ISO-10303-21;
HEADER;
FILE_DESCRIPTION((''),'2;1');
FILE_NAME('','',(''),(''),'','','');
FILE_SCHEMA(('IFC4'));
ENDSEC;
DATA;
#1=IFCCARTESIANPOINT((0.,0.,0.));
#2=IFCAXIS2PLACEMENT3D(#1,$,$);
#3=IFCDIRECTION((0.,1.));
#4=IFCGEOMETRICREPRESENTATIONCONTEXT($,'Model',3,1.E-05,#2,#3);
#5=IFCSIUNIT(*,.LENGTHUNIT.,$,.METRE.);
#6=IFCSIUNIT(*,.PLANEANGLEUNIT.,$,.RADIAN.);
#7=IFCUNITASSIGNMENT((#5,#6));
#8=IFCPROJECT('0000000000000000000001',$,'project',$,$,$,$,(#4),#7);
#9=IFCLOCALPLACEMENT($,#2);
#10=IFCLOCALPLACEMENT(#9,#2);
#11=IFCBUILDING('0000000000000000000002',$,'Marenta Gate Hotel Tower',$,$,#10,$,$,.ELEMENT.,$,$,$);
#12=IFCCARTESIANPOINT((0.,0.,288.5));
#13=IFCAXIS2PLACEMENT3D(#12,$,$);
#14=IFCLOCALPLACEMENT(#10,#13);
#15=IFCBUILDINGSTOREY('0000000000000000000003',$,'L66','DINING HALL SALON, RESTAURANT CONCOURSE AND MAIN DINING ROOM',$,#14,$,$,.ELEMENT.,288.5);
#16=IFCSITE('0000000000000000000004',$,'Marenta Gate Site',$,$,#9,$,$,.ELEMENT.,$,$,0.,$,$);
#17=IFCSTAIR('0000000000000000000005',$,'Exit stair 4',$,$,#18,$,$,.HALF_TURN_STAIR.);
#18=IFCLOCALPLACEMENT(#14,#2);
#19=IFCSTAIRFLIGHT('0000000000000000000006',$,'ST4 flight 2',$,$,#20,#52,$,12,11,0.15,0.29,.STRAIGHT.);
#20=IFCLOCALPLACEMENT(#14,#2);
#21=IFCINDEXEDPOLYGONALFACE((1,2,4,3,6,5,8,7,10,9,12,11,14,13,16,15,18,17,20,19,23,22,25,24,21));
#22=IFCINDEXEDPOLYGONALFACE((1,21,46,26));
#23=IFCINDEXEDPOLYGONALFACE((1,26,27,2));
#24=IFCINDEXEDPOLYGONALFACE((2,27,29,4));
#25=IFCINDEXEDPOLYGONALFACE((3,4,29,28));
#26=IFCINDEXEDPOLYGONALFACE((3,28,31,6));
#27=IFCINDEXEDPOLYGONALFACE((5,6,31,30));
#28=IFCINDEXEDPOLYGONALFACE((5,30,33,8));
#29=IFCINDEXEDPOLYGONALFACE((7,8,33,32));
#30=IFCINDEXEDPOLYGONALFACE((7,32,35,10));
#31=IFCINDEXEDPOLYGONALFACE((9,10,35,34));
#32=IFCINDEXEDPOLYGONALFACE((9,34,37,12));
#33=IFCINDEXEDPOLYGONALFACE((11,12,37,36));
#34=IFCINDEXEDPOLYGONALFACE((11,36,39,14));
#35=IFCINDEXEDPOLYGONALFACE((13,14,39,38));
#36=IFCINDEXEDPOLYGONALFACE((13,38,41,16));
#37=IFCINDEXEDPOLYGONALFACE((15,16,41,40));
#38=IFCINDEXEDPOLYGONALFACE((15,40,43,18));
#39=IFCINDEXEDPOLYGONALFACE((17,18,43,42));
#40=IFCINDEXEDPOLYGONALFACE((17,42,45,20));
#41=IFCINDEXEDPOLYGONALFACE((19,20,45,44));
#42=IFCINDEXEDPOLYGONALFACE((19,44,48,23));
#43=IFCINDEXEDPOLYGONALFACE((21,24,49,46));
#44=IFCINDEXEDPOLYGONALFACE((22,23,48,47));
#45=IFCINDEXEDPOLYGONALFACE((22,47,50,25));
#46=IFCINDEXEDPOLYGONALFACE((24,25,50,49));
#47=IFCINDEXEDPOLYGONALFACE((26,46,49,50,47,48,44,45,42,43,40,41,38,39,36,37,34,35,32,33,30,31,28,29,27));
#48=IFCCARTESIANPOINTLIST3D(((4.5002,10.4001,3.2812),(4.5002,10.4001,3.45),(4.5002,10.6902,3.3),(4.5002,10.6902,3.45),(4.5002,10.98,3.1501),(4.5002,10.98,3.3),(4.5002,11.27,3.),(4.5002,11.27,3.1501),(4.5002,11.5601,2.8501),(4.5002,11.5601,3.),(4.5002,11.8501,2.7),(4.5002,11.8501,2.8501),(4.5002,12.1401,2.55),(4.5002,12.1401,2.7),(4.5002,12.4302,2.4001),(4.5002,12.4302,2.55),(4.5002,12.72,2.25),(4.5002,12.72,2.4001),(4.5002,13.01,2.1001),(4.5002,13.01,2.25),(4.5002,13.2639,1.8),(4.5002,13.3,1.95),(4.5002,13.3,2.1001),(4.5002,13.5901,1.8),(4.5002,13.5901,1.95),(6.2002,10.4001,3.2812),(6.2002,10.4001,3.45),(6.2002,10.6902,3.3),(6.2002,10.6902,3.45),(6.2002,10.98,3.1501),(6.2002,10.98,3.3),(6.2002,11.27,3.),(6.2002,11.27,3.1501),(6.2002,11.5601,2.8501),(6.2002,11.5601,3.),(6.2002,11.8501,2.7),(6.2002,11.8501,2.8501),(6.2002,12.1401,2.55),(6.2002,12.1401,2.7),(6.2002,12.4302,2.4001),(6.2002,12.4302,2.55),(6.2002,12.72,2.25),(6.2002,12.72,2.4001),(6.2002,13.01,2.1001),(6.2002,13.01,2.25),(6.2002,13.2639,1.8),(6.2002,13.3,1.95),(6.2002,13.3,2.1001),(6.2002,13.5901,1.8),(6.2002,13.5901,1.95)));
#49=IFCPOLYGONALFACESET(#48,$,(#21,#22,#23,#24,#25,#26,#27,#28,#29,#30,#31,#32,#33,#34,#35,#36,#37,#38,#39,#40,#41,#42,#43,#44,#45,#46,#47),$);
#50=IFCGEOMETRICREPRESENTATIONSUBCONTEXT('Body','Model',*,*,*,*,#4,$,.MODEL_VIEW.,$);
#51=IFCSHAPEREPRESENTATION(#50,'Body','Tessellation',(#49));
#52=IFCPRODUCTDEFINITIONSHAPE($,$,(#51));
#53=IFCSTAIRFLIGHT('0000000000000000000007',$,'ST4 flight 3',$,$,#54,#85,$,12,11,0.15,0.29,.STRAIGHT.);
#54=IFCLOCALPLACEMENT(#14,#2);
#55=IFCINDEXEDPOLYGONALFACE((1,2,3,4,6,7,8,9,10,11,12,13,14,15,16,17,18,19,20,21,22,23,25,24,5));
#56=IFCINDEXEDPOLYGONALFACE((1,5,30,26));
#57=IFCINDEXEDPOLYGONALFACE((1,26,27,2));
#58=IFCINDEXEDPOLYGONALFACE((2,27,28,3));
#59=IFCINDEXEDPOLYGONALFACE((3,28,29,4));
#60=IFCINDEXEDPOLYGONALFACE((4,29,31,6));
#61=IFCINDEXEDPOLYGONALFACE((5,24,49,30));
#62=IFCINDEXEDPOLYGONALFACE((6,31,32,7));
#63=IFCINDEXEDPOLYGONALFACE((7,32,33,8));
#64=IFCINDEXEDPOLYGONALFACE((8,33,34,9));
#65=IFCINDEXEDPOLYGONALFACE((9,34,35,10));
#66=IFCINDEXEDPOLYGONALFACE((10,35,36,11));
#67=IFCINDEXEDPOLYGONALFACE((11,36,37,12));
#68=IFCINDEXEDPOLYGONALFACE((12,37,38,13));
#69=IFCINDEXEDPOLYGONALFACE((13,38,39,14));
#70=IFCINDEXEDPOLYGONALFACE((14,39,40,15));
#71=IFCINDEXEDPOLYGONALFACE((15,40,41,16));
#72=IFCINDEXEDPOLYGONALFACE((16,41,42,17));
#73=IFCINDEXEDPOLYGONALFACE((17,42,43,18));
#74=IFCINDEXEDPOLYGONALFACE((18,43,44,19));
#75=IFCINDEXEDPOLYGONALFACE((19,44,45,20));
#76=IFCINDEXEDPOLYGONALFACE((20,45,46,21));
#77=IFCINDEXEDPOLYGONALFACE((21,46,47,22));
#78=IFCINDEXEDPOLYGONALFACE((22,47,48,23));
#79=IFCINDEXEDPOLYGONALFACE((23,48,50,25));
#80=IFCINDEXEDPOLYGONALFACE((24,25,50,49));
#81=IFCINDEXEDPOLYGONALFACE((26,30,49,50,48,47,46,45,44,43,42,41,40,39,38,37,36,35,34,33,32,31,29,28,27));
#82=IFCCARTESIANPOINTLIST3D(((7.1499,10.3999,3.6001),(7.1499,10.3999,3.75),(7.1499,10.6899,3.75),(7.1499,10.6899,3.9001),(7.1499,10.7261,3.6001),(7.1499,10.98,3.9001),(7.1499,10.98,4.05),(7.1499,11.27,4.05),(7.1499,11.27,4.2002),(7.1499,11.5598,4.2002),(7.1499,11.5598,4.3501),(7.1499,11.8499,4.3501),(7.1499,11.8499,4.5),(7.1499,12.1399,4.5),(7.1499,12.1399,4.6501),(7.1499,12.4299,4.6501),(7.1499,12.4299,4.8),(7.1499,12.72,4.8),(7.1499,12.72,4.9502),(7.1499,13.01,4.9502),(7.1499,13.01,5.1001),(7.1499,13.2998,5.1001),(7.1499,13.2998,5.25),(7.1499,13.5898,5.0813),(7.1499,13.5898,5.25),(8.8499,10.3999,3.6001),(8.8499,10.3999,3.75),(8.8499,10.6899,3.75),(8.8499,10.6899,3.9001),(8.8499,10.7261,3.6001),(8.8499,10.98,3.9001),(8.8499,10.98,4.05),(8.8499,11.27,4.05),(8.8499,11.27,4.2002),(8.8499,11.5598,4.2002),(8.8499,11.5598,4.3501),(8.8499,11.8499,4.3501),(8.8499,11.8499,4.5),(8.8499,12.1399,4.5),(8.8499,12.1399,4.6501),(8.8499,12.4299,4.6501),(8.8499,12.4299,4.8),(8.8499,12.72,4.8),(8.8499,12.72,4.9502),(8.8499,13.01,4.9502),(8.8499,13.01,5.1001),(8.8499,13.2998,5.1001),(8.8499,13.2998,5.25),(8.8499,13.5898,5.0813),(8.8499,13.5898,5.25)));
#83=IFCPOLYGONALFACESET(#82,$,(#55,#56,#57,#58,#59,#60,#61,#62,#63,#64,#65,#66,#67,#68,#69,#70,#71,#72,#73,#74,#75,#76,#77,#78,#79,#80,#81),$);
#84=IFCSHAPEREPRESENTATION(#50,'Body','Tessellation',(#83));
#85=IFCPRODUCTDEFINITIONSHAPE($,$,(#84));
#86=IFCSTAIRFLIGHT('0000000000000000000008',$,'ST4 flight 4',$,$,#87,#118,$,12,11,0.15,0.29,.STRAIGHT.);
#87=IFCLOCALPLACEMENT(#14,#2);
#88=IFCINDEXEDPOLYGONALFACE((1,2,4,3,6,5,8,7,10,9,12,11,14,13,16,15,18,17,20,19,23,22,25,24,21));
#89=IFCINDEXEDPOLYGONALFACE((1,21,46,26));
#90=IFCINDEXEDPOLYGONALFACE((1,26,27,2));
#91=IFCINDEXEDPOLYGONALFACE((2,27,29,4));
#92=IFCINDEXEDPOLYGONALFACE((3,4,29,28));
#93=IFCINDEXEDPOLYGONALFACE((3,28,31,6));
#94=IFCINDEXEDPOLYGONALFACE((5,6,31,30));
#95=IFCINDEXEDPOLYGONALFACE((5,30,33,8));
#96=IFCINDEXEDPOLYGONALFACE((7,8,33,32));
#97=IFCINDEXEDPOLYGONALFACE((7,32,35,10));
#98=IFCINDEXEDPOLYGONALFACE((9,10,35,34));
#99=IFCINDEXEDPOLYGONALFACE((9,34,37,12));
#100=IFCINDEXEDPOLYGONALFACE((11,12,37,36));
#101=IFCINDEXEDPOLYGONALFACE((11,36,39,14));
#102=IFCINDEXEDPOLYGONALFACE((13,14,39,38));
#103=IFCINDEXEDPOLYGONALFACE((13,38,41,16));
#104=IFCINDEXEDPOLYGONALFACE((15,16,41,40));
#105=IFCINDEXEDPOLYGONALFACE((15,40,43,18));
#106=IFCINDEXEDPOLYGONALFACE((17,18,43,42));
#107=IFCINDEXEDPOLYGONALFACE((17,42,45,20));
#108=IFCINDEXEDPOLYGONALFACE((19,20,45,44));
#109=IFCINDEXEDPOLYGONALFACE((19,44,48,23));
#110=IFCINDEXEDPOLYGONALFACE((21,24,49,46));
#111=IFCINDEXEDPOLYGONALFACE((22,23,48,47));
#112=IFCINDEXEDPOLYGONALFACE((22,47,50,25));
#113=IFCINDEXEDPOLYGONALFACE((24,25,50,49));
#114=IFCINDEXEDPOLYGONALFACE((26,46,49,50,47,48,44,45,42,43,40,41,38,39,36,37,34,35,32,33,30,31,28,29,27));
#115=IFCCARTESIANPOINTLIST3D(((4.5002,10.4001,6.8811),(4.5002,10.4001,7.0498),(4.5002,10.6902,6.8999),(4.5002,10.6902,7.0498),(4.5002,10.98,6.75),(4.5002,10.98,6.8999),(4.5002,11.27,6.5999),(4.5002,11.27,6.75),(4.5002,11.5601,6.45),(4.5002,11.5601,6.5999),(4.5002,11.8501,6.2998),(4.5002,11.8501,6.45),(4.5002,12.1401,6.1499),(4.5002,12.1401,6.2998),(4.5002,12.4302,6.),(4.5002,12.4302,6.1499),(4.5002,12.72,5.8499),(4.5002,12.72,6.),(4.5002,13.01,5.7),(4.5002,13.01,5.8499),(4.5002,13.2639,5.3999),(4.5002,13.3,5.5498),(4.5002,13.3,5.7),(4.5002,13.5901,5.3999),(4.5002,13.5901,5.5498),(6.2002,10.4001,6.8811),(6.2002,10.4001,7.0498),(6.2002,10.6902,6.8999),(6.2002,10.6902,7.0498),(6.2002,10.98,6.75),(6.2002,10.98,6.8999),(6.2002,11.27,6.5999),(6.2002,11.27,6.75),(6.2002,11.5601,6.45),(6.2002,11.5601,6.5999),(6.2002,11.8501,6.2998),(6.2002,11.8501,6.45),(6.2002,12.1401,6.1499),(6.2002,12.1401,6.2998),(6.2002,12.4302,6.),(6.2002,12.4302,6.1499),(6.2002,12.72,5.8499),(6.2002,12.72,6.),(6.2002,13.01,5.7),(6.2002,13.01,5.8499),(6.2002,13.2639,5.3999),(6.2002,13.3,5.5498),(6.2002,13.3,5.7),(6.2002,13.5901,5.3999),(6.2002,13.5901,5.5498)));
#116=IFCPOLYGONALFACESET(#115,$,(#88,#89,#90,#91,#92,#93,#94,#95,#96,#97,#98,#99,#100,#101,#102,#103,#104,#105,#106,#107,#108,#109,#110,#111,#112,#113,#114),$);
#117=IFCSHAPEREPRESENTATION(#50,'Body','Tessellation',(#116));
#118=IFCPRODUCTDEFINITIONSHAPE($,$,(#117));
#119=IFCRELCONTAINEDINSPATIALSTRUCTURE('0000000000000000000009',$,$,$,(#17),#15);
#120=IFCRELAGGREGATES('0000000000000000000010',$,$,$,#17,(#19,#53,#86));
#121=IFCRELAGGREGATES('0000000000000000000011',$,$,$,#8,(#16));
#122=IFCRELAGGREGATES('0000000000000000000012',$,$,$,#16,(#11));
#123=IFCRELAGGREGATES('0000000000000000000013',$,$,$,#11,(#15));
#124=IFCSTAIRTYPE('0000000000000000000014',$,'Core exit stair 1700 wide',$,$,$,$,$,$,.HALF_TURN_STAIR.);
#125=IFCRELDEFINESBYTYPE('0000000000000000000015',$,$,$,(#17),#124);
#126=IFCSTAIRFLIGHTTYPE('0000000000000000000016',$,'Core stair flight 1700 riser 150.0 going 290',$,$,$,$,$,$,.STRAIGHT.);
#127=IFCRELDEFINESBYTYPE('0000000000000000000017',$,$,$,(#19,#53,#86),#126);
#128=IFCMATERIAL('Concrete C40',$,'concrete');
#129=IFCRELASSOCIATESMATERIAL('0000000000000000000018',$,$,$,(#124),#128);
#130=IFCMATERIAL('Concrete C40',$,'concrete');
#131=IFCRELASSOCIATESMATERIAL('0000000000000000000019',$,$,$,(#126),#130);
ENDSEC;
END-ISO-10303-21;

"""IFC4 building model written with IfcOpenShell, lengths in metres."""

from ifc_helpers import new_model, si_unit, direction, frame, origin, place, context, subcontext, project, spatial, polyline, outline, extrude, material, type_object, element, aggregate, save


model = new_model("IFC4")

# Units and contexts
model_context = context("Model", 3, precision=1e-05, world=origin(), true_north=direction((0.0, 1.0)))
body_context = subcontext(model_context, "Body", "Model", "MODEL_VIEW")
ifc_project = project(units=[si_unit("LENGTHUNIT", "METRE"), si_unit("PLANEANGLEUNIT", "RADIAN")], contexts=[model_context])

# Site, building, storey
site_placement = place(None, origin())
site = spatial("IfcSite", under=ifc_project, at=site_placement, Name="Marenta Gate Site", CompositionType="ELEMENT", RefElevation=0.0)
building_placement = place(site_placement, origin())
building = spatial("IfcBuilding", under=site, at=building_placement, Name="Marenta Gate Hotel Tower", CompositionType="ELEMENT")
storey_placement = place(building_placement, frame((0.0, 0.0, 288.5)))
storey = spatial("IfcBuildingStorey", under=building, at=storey_placement, Name="L66", Description="DINING HALL SALON, RESTAURANT CONCOURSE AND MAIN DINING ROOM", CompositionType="ELEMENT", Elevation=288.5)

# Stair, stair flights
ifc_material_1 = material(Name="Concrete C40", Category="concrete")
stair_type = type_object("IfcStairType", Name="Core exit stair 1700 wide", PredefinedType="HALF_TURN_STAIR", material=ifc_material_1)
stair_placement = place(storey_placement, origin())
stair = element("IfcStair", 1, at=stair_placement, inside=storey, type_object=stair_type, Name="Exit stair 4", PredefinedType="HALF_TURN_STAIR")
ifc_material_2 = material(Name="Concrete C40", Category="concrete")
stair_flight_type = type_object("IfcStairFlightType", Name="Core stair flight 1700 riser 150.0 going 290", PredefinedType="STRAIGHT", material=ifc_material_2)
stair_flight_1_placement = place(storey_placement, frame((5.3501, 13.5901, 1.8), z_axis=(0.0, 0.0, 1.0), x_axis=(0.0, -1.0, 0.0)))
stair_flight_1 = element("IfcStairFlight", 2, at=stair_flight_1_placement, type_object=stair_flight_type, Name="ST4 flight 2", NumberOfRisers=12, NumberOfTreads=11, PredefinedType="STRAIGHT", RiserHeight=0.15, TreadLength=0.29, context=body_context, shape_type="SweptSolid", body=[
    extrude(outline(polyline([(0.0, 0.0), (0.0, 0.1499), (0.29, 0.1499), (0.29, 0.3), (0.5801, 0.3), (0.5801, 0.45), (0.8701, 0.45), (0.8701, 0.6001), (1.1599, 0.6001), (1.1599, 0.75), (1.45, 0.75), (1.45, 0.8999), (1.74, 0.8999), (1.74, 1.05), (2.03, 1.05), (2.03, 1.2), (2.3201, 1.2), (2.3201, 1.3501), (2.6101, 1.3501), (2.6101, 1.5), (2.8999, 1.5), (2.8999, 1.6499), (3.1899, 1.6499), (3.1899, 1.8), (3.1899, 1.4812), (0.3262, 0.0), (0.0, 0.0)])), frame((0.0, 0.8501, 0.0), z_axis=(0.0, -1.0, 0.0), x_axis=(1.0, 0.0, 0.0)), (0.0, 0.0, 1.0), 1.7),
])
stair_flight_2_placement = place(storey_placement, frame((8.0, 10.3999, 3.6001), z_axis=(0.0, 0.0, 1.0), x_axis=(0.0, 1.0, 0.0)))
stair_flight_2 = element("IfcStairFlight", 3, at=stair_flight_2_placement, type_object=stair_flight_type, Name="ST4 flight 3", NumberOfRisers=12, NumberOfTreads=11, PredefinedType="STRAIGHT", RiserHeight=0.15, TreadLength=0.29, context=body_context, shape_type="SweptSolid", body=[
    extrude(outline(polyline([(0.0, 0.0), (0.0, 0.1499), (0.29, 0.1499), (0.29, 0.3), (0.5801, 0.3), (0.5801, 0.45), (0.8701, 0.45), (0.8701, 0.6001), (1.1599, 0.6001), (1.1599, 0.75), (1.45, 0.75), (1.45, 0.8999), (1.74, 0.8999), (1.74, 1.05), (2.03, 1.05), (2.03, 1.2), (2.3201, 1.2), (2.3201, 1.3501), (2.6101, 1.3501), (2.6101, 1.5), (2.8999, 1.5), (2.8999, 1.6499), (3.1899, 1.6499), (3.1899, 1.8), (3.1899, 1.4812), (0.3262, 0.0), (0.0, 0.0)])), frame((0.0, 0.8501, 0.0), z_axis=(0.0, -1.0, 0.0), x_axis=(1.0, 0.0, 0.0)), (0.0, 0.0, 1.0), 1.7),
])
stair_flight_3_placement = place(storey_placement, frame((5.3501, 13.5901, 5.3999), z_axis=(0.0, 0.0, 1.0), x_axis=(0.0, -1.0, 0.0)))
stair_flight_3 = element("IfcStairFlight", 4, at=stair_flight_3_placement, type_object=stair_flight_type, Name="ST4 flight 4", NumberOfRisers=12, NumberOfTreads=11, PredefinedType="STRAIGHT", RiserHeight=0.15, TreadLength=0.29, context=body_context, shape_type="SweptSolid", body=[
    extrude(outline(polyline([(0.0, 0.0), (0.0, 0.1499), (0.29, 0.1499), (0.29, 0.3), (0.5801, 0.3), (0.5801, 0.45), (0.8701, 0.45), (0.8701, 0.6001), (1.1599, 0.6001), (1.1599, 0.75), (1.45, 0.75), (1.45, 0.8999), (1.74, 0.8999), (1.74, 1.05), (2.03, 1.05), (2.03, 1.2), (2.3201, 1.2), (2.3201, 1.3501), (2.6101, 1.3501), (2.6101, 1.5), (2.8999, 1.5), (2.8999, 1.6499), (3.1899, 1.6499), (3.1899, 1.8), (3.1899, 1.4812), (0.3262, 0.0), (0.0, 0.0)])), frame((0.0, 0.8501, 0.0), z_axis=(0.0, -1.0, 0.0), x_axis=(1.0, 0.0, 0.0)), (0.0, 0.0, 1.0), 1.7),
])
aggregate(stair, [stair_flight_1, stair_flight_2, stair_flight_3])

save(model, "model.ifc")
